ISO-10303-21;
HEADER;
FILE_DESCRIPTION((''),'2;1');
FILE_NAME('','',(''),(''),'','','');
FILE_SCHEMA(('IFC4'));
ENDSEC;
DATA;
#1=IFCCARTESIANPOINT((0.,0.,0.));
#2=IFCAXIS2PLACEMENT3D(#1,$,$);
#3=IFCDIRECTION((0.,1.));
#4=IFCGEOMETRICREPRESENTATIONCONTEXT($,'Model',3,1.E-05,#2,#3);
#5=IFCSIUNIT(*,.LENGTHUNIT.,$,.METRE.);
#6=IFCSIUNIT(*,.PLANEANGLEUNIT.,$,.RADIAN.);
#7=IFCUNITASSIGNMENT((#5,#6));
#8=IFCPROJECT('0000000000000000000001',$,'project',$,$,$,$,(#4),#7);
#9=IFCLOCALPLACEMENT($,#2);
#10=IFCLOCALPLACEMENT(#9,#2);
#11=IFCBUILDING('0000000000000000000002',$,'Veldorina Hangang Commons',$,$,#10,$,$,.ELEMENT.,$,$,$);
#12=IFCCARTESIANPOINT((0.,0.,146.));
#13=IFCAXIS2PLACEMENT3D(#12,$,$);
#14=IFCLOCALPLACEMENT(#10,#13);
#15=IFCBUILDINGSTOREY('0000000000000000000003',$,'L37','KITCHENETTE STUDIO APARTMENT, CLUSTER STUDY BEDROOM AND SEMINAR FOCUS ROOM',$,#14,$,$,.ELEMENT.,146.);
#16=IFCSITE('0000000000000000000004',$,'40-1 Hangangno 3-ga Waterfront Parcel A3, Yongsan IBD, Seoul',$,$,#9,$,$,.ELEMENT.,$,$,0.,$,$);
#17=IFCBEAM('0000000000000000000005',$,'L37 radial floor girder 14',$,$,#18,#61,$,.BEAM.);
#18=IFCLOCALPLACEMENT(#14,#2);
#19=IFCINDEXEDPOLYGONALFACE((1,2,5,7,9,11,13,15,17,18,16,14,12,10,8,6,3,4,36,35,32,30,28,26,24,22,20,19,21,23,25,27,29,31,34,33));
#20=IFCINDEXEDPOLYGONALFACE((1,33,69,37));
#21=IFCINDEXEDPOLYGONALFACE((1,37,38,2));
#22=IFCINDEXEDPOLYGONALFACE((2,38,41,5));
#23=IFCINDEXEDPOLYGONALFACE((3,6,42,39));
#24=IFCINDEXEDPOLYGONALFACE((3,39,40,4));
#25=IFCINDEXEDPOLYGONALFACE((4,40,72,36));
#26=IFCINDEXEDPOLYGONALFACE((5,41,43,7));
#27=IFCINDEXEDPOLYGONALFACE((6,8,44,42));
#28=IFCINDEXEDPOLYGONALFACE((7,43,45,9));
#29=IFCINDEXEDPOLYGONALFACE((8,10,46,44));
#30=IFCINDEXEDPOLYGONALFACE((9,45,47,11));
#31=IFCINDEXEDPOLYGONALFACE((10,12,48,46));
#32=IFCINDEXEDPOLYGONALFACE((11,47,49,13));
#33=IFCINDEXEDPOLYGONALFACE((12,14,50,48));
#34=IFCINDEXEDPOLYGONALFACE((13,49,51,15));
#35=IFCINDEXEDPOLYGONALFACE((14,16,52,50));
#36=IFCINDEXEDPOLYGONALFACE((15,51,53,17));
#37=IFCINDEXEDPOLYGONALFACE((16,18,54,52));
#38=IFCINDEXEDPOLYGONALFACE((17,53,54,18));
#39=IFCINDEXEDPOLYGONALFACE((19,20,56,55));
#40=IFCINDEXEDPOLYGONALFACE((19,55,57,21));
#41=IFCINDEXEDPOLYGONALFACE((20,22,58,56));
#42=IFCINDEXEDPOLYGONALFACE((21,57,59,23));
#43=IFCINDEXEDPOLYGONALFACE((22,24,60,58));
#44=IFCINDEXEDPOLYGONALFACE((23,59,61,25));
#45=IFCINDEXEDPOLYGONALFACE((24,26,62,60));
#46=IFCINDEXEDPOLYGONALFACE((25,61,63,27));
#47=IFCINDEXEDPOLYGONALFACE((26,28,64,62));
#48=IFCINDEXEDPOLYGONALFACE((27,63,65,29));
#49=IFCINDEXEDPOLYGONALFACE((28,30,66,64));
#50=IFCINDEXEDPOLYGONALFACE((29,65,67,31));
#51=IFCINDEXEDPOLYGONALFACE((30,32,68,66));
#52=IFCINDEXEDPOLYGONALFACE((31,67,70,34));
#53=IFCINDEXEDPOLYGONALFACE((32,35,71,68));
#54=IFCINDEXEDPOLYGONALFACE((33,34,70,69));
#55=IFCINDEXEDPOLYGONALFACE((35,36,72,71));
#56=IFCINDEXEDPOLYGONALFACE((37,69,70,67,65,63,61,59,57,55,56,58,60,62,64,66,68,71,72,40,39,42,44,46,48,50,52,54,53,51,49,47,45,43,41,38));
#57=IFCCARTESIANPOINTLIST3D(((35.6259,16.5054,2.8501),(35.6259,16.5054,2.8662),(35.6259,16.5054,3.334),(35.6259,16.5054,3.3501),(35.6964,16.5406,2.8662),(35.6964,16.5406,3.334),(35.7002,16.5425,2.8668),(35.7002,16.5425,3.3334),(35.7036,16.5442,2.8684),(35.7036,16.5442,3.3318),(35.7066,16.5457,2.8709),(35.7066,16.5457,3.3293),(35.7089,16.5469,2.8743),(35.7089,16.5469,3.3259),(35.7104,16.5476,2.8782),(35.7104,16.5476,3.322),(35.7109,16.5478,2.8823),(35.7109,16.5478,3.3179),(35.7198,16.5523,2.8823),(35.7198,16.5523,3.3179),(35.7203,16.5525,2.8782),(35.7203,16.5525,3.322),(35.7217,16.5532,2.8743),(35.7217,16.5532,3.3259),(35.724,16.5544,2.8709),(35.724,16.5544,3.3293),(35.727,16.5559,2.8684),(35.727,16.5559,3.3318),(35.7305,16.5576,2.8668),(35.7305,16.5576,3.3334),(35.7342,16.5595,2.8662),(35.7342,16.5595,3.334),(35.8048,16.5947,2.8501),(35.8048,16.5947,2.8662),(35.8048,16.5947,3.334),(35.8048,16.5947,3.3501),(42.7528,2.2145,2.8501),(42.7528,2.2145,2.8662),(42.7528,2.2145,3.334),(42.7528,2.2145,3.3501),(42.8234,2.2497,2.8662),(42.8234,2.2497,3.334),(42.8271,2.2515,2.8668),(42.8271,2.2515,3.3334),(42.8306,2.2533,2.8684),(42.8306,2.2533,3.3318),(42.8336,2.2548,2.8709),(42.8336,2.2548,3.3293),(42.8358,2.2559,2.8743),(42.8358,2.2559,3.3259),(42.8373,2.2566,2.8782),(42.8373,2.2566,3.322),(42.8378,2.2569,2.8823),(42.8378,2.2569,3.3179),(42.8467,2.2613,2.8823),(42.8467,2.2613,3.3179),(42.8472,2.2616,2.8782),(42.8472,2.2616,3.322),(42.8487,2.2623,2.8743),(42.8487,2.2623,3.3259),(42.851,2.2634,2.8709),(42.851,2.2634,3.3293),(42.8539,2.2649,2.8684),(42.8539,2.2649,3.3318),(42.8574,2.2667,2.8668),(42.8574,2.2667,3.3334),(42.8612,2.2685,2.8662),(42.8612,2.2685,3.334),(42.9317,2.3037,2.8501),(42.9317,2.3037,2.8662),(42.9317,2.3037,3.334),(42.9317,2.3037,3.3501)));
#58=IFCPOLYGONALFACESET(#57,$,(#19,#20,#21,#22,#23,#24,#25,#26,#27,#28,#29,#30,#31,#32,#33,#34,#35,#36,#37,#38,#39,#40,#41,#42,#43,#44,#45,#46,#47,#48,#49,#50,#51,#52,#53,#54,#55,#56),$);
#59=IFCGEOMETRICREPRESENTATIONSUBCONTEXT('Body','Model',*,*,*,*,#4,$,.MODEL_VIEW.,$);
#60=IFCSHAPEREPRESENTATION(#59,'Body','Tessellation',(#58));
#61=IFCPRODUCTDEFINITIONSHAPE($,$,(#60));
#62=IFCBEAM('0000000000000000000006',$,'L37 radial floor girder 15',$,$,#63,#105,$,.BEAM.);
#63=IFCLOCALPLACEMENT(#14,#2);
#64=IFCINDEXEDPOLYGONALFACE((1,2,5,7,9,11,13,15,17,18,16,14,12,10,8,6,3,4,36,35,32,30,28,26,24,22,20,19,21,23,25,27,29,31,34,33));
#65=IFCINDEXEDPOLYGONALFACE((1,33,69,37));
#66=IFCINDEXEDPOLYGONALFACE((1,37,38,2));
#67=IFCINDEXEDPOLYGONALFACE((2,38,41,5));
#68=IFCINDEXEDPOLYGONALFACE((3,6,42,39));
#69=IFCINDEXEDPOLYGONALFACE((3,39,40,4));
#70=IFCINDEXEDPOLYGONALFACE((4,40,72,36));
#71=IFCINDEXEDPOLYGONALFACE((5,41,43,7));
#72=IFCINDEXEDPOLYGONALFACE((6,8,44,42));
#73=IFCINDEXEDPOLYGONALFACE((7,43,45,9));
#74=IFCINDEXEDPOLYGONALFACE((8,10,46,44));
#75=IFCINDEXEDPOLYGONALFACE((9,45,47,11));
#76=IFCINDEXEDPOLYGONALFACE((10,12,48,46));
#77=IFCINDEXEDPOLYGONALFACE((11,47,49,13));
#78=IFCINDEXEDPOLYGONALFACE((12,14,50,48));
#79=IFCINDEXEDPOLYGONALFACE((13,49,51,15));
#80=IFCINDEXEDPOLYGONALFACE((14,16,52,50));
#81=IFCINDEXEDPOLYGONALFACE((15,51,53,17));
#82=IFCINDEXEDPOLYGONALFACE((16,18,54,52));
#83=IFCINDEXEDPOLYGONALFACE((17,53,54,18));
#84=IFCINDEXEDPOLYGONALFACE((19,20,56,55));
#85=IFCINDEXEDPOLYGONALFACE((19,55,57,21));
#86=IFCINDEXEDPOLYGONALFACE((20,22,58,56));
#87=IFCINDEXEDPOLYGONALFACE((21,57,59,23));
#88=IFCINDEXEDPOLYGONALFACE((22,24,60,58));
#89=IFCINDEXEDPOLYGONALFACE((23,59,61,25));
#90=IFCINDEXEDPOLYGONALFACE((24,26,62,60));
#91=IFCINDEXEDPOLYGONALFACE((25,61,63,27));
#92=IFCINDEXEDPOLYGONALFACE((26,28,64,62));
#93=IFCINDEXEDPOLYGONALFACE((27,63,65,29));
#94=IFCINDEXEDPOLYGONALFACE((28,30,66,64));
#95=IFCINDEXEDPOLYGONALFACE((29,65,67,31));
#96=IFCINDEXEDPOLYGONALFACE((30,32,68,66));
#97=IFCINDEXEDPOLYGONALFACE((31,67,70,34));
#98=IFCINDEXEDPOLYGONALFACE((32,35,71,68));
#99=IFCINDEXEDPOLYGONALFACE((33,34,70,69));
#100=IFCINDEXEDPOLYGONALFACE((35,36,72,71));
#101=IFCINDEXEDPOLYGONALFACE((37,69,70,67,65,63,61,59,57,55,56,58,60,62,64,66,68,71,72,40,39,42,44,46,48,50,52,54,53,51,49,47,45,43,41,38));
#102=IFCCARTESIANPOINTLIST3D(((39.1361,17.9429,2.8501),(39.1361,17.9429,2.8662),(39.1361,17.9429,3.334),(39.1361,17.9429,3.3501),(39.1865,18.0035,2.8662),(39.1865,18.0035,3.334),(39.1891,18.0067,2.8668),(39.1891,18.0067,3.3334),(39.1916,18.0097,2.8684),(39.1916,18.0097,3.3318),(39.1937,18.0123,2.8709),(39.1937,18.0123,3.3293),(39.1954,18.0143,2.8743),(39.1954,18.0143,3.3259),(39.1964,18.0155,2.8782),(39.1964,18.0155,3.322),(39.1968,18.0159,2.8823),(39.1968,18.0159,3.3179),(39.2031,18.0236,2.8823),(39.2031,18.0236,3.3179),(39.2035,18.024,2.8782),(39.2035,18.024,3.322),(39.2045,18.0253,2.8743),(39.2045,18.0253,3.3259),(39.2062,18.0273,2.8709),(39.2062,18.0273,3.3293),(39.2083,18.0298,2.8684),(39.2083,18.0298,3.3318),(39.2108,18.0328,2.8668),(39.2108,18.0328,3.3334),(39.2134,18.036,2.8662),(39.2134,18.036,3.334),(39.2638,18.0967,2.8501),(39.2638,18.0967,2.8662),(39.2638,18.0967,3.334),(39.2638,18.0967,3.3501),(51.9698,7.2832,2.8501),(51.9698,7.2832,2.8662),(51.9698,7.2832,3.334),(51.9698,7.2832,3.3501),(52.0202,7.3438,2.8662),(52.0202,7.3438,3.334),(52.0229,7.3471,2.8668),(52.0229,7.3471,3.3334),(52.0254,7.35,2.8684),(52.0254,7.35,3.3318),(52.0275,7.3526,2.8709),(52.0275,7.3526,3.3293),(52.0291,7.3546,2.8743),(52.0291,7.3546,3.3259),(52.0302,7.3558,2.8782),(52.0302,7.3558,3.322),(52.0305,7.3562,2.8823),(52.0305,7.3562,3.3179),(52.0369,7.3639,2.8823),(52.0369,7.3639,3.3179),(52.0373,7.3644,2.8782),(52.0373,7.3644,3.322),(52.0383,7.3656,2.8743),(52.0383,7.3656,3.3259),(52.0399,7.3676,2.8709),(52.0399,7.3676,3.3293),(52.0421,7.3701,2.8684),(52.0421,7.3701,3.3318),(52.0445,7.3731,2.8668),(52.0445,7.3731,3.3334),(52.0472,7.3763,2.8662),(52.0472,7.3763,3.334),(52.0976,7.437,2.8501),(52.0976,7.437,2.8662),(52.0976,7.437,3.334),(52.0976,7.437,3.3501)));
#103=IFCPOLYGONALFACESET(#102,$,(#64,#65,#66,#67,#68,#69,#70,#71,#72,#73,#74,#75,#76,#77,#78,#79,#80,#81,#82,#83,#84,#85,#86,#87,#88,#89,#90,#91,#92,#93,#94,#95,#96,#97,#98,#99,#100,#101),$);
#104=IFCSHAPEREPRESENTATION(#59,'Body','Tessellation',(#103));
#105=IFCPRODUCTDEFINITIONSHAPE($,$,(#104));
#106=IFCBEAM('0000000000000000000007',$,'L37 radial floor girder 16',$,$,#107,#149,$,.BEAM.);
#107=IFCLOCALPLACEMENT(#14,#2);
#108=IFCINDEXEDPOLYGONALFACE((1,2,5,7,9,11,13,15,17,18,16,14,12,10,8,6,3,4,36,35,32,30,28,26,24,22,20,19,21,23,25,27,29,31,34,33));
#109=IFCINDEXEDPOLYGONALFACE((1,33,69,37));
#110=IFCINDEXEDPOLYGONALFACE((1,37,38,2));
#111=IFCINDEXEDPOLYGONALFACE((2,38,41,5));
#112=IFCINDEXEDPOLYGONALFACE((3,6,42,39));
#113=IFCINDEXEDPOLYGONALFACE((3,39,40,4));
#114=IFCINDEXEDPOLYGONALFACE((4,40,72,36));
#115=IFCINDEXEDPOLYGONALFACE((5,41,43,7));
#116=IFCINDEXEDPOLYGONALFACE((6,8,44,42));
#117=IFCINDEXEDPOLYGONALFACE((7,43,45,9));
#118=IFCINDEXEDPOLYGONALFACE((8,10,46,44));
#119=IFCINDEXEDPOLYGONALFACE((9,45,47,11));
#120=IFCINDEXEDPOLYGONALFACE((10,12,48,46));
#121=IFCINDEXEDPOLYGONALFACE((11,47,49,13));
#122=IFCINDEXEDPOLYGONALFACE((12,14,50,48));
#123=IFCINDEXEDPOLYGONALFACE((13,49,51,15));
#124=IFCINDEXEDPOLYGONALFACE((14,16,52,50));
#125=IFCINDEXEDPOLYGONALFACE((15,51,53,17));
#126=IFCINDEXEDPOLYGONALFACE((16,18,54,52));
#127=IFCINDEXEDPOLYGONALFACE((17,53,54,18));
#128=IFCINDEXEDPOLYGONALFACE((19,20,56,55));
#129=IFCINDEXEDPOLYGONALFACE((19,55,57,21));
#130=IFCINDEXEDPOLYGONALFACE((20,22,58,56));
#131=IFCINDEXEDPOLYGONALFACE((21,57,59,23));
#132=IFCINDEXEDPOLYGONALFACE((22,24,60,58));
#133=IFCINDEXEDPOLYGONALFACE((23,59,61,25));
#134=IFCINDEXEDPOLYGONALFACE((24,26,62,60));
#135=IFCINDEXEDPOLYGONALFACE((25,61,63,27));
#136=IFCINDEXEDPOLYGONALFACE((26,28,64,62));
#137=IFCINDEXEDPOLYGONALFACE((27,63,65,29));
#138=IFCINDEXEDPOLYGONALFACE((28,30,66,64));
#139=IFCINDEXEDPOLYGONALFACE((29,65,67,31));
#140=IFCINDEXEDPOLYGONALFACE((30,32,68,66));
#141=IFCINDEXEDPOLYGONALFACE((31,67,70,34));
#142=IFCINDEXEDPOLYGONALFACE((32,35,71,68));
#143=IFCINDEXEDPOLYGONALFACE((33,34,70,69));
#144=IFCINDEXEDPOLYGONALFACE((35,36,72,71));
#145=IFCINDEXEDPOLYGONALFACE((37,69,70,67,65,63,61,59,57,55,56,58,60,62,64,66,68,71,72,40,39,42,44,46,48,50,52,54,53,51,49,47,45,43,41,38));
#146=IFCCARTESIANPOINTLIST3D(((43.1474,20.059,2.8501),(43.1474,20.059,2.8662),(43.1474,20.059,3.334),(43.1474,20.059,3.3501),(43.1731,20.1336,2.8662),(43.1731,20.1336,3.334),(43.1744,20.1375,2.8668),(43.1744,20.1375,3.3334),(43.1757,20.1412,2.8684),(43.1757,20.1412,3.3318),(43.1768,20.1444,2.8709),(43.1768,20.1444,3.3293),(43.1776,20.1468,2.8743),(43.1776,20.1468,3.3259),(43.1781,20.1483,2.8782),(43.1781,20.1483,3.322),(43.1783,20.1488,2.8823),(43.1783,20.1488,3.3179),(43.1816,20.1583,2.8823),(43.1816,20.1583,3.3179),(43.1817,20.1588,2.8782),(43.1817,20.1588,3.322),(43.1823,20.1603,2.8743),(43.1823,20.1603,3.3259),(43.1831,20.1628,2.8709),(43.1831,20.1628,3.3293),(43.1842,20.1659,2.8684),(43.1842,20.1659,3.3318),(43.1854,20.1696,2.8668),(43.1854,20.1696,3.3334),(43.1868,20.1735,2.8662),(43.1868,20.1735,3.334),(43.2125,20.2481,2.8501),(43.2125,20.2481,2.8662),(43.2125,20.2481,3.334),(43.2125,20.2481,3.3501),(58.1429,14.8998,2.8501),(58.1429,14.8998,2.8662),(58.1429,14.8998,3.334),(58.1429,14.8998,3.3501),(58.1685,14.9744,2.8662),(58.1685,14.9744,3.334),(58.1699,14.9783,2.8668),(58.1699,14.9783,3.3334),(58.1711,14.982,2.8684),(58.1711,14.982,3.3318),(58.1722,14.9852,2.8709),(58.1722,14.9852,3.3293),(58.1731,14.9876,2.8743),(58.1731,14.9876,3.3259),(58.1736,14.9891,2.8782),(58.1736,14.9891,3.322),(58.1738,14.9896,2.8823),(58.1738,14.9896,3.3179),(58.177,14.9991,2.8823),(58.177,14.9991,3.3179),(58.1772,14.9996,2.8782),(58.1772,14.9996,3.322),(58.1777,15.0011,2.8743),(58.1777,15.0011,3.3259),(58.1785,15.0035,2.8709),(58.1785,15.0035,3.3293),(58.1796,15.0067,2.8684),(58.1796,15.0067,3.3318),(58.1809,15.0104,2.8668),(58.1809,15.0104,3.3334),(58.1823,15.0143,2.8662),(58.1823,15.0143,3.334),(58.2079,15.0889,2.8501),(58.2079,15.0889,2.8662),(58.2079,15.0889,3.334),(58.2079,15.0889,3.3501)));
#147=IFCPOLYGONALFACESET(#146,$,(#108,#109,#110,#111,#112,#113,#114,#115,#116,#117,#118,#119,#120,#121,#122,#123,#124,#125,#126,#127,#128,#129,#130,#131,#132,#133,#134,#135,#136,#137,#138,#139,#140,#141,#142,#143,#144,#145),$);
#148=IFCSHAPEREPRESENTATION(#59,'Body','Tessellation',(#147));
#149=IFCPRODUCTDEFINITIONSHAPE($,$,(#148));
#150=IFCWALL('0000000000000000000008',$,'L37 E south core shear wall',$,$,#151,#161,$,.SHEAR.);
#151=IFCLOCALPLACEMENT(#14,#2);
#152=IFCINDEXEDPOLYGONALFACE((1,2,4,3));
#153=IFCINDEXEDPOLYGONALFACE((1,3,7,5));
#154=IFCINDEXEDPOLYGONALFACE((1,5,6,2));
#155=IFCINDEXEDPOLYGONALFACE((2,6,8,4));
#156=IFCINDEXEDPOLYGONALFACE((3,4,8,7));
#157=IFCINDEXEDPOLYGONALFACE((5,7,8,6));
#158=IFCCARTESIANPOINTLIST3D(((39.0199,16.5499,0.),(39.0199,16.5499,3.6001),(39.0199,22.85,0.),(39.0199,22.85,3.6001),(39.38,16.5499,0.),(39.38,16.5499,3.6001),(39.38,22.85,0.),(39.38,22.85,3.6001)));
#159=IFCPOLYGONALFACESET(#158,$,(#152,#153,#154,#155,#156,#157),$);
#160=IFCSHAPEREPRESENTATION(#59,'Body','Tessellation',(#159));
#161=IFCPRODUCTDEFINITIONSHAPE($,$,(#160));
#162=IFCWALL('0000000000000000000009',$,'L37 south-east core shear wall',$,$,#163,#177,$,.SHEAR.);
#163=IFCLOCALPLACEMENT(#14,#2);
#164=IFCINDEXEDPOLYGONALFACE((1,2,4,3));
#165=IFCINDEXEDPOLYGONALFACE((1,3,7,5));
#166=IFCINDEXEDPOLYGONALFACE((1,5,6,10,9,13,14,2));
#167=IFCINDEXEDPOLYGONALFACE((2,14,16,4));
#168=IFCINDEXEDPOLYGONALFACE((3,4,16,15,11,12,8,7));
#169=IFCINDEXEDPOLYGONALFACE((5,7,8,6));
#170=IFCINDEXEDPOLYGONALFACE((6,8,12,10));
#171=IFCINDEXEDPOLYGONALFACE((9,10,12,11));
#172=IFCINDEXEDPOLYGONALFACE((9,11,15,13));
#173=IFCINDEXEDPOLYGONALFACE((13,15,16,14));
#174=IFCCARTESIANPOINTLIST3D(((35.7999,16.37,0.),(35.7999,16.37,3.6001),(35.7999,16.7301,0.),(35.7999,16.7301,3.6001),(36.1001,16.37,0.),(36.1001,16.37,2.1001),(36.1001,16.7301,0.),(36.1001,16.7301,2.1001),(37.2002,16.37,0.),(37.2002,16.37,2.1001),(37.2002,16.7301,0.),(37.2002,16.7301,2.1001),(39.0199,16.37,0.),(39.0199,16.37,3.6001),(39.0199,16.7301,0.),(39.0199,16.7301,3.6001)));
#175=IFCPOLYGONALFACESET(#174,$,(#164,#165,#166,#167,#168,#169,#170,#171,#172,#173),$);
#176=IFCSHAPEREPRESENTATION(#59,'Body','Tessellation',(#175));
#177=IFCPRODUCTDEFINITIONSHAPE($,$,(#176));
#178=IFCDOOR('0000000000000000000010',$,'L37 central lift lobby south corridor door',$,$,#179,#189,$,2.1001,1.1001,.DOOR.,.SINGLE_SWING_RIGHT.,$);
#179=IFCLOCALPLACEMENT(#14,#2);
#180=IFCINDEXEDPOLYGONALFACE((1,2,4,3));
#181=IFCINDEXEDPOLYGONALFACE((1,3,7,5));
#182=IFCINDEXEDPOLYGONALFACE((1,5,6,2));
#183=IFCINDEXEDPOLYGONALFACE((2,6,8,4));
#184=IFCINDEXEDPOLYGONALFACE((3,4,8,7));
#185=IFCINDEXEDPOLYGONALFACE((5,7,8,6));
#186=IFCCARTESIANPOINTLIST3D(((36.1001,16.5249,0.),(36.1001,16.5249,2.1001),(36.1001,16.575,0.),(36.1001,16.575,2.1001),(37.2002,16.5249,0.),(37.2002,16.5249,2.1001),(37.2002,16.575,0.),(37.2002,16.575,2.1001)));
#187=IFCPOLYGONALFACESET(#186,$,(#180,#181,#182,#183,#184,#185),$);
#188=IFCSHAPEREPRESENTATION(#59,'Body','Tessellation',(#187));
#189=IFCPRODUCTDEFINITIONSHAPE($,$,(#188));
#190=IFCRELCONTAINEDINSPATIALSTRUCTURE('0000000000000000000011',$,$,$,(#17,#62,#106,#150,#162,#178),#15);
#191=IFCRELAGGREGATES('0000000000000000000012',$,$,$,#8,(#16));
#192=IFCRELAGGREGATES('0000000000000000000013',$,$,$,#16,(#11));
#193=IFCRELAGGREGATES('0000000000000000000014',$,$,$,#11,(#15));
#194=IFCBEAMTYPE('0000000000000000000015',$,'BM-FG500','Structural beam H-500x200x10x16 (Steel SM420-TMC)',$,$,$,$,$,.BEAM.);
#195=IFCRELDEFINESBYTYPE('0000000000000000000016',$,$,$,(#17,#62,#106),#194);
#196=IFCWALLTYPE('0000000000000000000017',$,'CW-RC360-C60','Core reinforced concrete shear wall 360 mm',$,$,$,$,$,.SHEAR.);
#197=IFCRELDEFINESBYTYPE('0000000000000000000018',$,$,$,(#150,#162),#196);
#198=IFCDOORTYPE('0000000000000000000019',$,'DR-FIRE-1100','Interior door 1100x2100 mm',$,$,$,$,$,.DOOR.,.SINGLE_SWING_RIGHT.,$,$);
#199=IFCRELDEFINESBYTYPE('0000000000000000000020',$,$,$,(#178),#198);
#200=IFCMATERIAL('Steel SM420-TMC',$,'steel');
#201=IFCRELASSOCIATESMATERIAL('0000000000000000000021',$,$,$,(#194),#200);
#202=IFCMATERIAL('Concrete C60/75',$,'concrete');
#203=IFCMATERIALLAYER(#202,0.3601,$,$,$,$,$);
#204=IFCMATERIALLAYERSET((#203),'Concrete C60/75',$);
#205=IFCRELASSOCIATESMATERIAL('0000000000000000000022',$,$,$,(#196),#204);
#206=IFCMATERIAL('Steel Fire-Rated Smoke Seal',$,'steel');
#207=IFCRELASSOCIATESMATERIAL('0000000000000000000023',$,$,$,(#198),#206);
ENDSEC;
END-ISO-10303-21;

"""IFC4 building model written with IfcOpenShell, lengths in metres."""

from ifc_helpers import new_model, si_unit, direction, frame, frame_2d, origin, origin_2d, place, context, subcontext, project, spatial, rectangle, i_section, extrude, material, layer, layer_set, material_profile, profile_set, type_object, element, fill, save


model = new_model("IFC4")

# Units and contexts
model_context = context("Model", 3, precision=1e-05, world=origin(), true_north=direction((0.0, 1.0)))
body_context = subcontext(model_context, "Body", "Model", "MODEL_VIEW")
ifc_project = project(units=[si_unit("LENGTHUNIT", "METRE"), si_unit("PLANEANGLEUNIT", "RADIAN")], contexts=[model_context])

# Site, building, storey
site_placement = place(None, origin())
site = spatial("IfcSite", under=ifc_project, at=site_placement, Name="40-1 Hangangno 3-ga Waterfront Parcel A3, Yongsan IBD, Seoul", CompositionType="ELEMENT", RefElevation=0.0)
building_placement = place(site_placement, origin())
building = spatial("IfcBuilding", under=site, at=building_placement, Name="Veldorina Hangang Commons", CompositionType="ELEMENT")
storey_placement = place(building_placement, frame((0.0, 0.0, 146.0)))
storey = spatial("IfcBuildingStorey", under=building, at=storey_placement, Name="L37", Description="KITCHENETTE STUDIO APARTMENT, CLUSTER STUDY BEDROOM AND SEMINAR FOCUS ROOM", CompositionType="ELEMENT", Elevation=146.0)

# Beams
ifc_material_1 = material(Name="Steel SM420-TMC", Category="steel")
ifc_material_profile = material_profile(ifc_material_1, i_section(OverallWidth=0.2, OverallDepth=0.5, WebThickness=0.01, FlangeThickness=0.0161, FilletRadius=0.0161, at=origin_2d()), Name="H-500x200x10x16")
ifc_profile_set = profile_set([ifc_material_profile], Name="Steel SM420-TMC")
beam_type = type_object("IfcBeamType", Name="BM-FG500", Description="Structural beam H-500x200x10x16 (Steel SM420-TMC)", PredefinedType="BEAM", material=ifc_profile_set)
beam_1_placement = place(storey_placement, frame((35.7153, 16.55, 3.1001), z_axis=(0.446284, -0.894891, 0.0), x_axis=(0.894891, 0.446284, 0.0)))
element("IfcBeam", 1, at=beam_1_placement, inside=storey, type_object=beam_type, Name="L37 radial floor girder 14", PredefinedType="BEAM", context=body_context, shape_type="SweptSolid", body=[
    extrude(i_section(OverallWidth=0.2, OverallDepth=0.5, WebThickness=0.01, FlangeThickness=0.0161, FilletRadius=0.0161, at=origin_2d()), origin(), (0.0, 0.0, 1.0), 15.9695),
])
beam_2_placement = place(storey_placement, frame((39.2, 18.0198, 3.1001), z_axis=(0.769255, -0.638941, 0.0), x_axis=(0.638941, 0.769255, 0.0)))
element("IfcBeam", 2, at=beam_2_placement, inside=storey, type_object=beam_type, Name="L37 radial floor girder 15", PredefinedType="BEAM", context=body_context, shape_type="SweptSolid", body=[
    extrude(i_section(OverallWidth=0.2, OverallDepth=0.5, WebThickness=0.01, FlangeThickness=0.0161, FilletRadius=0.0161, at=origin_2d()), origin(), (0.0, 0.0, 1.0), 16.6833),
])
beam_3_placement = place(storey_placement, frame((43.1799, 20.1536, 3.1001), z_axis=(0.945599, -0.325335, 0.0), x_axis=(0.325335, 0.945599, 0.0)))
element("IfcBeam", 3, at=beam_3_placement, inside=storey, type_object=beam_type, Name="L37 radial floor girder 16", PredefinedType="BEAM", context=body_context, shape_type="SweptSolid", body=[
    extrude(i_section(OverallWidth=0.2, OverallDepth=0.5, WebThickness=0.01, FlangeThickness=0.0161, FilletRadius=0.0161, at=origin_2d()), origin(), (0.0, 0.0, 1.0), 15.8582),
])

# Wall
ifc_material_2 = material(Name="Concrete C60/75", Category="concrete")
ifc_layer_1 = layer(ifc_material_2, 0.3601)
ifc_layer_set_1 = layer_set([ifc_layer_1], Name="Concrete C60/75")
wall_type_1 = type_object("IfcWallType", Name="CW-RC360-C60", Description="Core reinforced concrete shear wall 360 mm", PredefinedType="SHEAR", material=ifc_layer_set_1)
wall_1_placement = place(storey_placement, frame((39.2, 16.55, 0.0), z_axis=(0.0, 0.0, 1.0), x_axis=(0.0, 1.0, 0.0)))
element("IfcWall", 4, at=wall_1_placement, inside=storey, type_object=wall_type_1, Name="L37 E south core shear wall", PredefinedType="SHEAR", context=body_context, shape_type="SweptSolid", body=[
    extrude(rectangle(XDim=6.3, YDim=0.3601, at=frame_2d((3.1499, 0.0))), origin(), (0.0, 0.0, 1.0), 3.6001),
])

# Wall, opening, door
wall_2_placement = place(storey_placement, frame((35.8, 16.55, 0.0), z_axis=(0.0, 0.0, 1.0), x_axis=(1.0, 0.0, 0.0)))
wall_2 = element("IfcWall", 5, at=wall_2_placement, inside=storey, type_object=wall_type_1, Name="L37 south-east core shear wall", PredefinedType="SHEAR", context=body_context, shape_type="SweptSolid", body=[
    extrude(rectangle(XDim=3.22, YDim=0.3601, at=frame_2d((1.6099, 0.0))), origin(), (0.0, 0.0, 1.0), 3.6001),
])
opening_1_placement = place(wall_2_placement, frame((0.3, 0.0, 0.0)))
opening_1 = element("IfcOpeningElement", 6, at=opening_1_placement, cuts=wall_2, PredefinedType="OPENING", context=body_context, shape_type="SweptSolid", body=[
    extrude(rectangle(XDim=1.1001, YDim=2.1001, at=frame_2d((0.55, 1.05))), frame((0.0, 0.1899, 0.0), z_axis=(0.0, -1.0, 0.0), x_axis=(1.0, 0.0, 0.0)), (0.0, 0.0, 1.0), 0.3801),
])
ifc_material_3 = material(Name="Steel Fire-Rated Smoke Seal", Category="steel")
door_type_1 = type_object("IfcDoorType", Name="DR-FIRE-1100", Description="Interior door 1100x2100 mm", OperationType="SINGLE_SWING_RIGHT", PredefinedType="DOOR", material=ifc_material_3)
door_1_placement = place(opening_1_placement, origin())
door_1 = element("IfcDoor", 7, at=door_1_placement, inside=storey, type_object=door_type_1, Name="L37 central lift lobby south corridor door", OperationType="SINGLE_SWING_RIGHT", OverallHeight=2.1001, OverallWidth=1.1001, PredefinedType="DOOR", context=body_context, shape_type="SweptSolid", body=[
    extrude(rectangle(XDim=1.1001, YDim=2.1001, at=frame_2d((0.55, 1.05))), frame((0.0, 0.0249, 0.0), z_axis=(0.0, -1.0, 0.0), x_axis=(1.0, 0.0, 0.0)), (0.0, 0.0, 1.0), 0.05),
])
fill(opening_1, door_1)

save(model, "model.ifc")
